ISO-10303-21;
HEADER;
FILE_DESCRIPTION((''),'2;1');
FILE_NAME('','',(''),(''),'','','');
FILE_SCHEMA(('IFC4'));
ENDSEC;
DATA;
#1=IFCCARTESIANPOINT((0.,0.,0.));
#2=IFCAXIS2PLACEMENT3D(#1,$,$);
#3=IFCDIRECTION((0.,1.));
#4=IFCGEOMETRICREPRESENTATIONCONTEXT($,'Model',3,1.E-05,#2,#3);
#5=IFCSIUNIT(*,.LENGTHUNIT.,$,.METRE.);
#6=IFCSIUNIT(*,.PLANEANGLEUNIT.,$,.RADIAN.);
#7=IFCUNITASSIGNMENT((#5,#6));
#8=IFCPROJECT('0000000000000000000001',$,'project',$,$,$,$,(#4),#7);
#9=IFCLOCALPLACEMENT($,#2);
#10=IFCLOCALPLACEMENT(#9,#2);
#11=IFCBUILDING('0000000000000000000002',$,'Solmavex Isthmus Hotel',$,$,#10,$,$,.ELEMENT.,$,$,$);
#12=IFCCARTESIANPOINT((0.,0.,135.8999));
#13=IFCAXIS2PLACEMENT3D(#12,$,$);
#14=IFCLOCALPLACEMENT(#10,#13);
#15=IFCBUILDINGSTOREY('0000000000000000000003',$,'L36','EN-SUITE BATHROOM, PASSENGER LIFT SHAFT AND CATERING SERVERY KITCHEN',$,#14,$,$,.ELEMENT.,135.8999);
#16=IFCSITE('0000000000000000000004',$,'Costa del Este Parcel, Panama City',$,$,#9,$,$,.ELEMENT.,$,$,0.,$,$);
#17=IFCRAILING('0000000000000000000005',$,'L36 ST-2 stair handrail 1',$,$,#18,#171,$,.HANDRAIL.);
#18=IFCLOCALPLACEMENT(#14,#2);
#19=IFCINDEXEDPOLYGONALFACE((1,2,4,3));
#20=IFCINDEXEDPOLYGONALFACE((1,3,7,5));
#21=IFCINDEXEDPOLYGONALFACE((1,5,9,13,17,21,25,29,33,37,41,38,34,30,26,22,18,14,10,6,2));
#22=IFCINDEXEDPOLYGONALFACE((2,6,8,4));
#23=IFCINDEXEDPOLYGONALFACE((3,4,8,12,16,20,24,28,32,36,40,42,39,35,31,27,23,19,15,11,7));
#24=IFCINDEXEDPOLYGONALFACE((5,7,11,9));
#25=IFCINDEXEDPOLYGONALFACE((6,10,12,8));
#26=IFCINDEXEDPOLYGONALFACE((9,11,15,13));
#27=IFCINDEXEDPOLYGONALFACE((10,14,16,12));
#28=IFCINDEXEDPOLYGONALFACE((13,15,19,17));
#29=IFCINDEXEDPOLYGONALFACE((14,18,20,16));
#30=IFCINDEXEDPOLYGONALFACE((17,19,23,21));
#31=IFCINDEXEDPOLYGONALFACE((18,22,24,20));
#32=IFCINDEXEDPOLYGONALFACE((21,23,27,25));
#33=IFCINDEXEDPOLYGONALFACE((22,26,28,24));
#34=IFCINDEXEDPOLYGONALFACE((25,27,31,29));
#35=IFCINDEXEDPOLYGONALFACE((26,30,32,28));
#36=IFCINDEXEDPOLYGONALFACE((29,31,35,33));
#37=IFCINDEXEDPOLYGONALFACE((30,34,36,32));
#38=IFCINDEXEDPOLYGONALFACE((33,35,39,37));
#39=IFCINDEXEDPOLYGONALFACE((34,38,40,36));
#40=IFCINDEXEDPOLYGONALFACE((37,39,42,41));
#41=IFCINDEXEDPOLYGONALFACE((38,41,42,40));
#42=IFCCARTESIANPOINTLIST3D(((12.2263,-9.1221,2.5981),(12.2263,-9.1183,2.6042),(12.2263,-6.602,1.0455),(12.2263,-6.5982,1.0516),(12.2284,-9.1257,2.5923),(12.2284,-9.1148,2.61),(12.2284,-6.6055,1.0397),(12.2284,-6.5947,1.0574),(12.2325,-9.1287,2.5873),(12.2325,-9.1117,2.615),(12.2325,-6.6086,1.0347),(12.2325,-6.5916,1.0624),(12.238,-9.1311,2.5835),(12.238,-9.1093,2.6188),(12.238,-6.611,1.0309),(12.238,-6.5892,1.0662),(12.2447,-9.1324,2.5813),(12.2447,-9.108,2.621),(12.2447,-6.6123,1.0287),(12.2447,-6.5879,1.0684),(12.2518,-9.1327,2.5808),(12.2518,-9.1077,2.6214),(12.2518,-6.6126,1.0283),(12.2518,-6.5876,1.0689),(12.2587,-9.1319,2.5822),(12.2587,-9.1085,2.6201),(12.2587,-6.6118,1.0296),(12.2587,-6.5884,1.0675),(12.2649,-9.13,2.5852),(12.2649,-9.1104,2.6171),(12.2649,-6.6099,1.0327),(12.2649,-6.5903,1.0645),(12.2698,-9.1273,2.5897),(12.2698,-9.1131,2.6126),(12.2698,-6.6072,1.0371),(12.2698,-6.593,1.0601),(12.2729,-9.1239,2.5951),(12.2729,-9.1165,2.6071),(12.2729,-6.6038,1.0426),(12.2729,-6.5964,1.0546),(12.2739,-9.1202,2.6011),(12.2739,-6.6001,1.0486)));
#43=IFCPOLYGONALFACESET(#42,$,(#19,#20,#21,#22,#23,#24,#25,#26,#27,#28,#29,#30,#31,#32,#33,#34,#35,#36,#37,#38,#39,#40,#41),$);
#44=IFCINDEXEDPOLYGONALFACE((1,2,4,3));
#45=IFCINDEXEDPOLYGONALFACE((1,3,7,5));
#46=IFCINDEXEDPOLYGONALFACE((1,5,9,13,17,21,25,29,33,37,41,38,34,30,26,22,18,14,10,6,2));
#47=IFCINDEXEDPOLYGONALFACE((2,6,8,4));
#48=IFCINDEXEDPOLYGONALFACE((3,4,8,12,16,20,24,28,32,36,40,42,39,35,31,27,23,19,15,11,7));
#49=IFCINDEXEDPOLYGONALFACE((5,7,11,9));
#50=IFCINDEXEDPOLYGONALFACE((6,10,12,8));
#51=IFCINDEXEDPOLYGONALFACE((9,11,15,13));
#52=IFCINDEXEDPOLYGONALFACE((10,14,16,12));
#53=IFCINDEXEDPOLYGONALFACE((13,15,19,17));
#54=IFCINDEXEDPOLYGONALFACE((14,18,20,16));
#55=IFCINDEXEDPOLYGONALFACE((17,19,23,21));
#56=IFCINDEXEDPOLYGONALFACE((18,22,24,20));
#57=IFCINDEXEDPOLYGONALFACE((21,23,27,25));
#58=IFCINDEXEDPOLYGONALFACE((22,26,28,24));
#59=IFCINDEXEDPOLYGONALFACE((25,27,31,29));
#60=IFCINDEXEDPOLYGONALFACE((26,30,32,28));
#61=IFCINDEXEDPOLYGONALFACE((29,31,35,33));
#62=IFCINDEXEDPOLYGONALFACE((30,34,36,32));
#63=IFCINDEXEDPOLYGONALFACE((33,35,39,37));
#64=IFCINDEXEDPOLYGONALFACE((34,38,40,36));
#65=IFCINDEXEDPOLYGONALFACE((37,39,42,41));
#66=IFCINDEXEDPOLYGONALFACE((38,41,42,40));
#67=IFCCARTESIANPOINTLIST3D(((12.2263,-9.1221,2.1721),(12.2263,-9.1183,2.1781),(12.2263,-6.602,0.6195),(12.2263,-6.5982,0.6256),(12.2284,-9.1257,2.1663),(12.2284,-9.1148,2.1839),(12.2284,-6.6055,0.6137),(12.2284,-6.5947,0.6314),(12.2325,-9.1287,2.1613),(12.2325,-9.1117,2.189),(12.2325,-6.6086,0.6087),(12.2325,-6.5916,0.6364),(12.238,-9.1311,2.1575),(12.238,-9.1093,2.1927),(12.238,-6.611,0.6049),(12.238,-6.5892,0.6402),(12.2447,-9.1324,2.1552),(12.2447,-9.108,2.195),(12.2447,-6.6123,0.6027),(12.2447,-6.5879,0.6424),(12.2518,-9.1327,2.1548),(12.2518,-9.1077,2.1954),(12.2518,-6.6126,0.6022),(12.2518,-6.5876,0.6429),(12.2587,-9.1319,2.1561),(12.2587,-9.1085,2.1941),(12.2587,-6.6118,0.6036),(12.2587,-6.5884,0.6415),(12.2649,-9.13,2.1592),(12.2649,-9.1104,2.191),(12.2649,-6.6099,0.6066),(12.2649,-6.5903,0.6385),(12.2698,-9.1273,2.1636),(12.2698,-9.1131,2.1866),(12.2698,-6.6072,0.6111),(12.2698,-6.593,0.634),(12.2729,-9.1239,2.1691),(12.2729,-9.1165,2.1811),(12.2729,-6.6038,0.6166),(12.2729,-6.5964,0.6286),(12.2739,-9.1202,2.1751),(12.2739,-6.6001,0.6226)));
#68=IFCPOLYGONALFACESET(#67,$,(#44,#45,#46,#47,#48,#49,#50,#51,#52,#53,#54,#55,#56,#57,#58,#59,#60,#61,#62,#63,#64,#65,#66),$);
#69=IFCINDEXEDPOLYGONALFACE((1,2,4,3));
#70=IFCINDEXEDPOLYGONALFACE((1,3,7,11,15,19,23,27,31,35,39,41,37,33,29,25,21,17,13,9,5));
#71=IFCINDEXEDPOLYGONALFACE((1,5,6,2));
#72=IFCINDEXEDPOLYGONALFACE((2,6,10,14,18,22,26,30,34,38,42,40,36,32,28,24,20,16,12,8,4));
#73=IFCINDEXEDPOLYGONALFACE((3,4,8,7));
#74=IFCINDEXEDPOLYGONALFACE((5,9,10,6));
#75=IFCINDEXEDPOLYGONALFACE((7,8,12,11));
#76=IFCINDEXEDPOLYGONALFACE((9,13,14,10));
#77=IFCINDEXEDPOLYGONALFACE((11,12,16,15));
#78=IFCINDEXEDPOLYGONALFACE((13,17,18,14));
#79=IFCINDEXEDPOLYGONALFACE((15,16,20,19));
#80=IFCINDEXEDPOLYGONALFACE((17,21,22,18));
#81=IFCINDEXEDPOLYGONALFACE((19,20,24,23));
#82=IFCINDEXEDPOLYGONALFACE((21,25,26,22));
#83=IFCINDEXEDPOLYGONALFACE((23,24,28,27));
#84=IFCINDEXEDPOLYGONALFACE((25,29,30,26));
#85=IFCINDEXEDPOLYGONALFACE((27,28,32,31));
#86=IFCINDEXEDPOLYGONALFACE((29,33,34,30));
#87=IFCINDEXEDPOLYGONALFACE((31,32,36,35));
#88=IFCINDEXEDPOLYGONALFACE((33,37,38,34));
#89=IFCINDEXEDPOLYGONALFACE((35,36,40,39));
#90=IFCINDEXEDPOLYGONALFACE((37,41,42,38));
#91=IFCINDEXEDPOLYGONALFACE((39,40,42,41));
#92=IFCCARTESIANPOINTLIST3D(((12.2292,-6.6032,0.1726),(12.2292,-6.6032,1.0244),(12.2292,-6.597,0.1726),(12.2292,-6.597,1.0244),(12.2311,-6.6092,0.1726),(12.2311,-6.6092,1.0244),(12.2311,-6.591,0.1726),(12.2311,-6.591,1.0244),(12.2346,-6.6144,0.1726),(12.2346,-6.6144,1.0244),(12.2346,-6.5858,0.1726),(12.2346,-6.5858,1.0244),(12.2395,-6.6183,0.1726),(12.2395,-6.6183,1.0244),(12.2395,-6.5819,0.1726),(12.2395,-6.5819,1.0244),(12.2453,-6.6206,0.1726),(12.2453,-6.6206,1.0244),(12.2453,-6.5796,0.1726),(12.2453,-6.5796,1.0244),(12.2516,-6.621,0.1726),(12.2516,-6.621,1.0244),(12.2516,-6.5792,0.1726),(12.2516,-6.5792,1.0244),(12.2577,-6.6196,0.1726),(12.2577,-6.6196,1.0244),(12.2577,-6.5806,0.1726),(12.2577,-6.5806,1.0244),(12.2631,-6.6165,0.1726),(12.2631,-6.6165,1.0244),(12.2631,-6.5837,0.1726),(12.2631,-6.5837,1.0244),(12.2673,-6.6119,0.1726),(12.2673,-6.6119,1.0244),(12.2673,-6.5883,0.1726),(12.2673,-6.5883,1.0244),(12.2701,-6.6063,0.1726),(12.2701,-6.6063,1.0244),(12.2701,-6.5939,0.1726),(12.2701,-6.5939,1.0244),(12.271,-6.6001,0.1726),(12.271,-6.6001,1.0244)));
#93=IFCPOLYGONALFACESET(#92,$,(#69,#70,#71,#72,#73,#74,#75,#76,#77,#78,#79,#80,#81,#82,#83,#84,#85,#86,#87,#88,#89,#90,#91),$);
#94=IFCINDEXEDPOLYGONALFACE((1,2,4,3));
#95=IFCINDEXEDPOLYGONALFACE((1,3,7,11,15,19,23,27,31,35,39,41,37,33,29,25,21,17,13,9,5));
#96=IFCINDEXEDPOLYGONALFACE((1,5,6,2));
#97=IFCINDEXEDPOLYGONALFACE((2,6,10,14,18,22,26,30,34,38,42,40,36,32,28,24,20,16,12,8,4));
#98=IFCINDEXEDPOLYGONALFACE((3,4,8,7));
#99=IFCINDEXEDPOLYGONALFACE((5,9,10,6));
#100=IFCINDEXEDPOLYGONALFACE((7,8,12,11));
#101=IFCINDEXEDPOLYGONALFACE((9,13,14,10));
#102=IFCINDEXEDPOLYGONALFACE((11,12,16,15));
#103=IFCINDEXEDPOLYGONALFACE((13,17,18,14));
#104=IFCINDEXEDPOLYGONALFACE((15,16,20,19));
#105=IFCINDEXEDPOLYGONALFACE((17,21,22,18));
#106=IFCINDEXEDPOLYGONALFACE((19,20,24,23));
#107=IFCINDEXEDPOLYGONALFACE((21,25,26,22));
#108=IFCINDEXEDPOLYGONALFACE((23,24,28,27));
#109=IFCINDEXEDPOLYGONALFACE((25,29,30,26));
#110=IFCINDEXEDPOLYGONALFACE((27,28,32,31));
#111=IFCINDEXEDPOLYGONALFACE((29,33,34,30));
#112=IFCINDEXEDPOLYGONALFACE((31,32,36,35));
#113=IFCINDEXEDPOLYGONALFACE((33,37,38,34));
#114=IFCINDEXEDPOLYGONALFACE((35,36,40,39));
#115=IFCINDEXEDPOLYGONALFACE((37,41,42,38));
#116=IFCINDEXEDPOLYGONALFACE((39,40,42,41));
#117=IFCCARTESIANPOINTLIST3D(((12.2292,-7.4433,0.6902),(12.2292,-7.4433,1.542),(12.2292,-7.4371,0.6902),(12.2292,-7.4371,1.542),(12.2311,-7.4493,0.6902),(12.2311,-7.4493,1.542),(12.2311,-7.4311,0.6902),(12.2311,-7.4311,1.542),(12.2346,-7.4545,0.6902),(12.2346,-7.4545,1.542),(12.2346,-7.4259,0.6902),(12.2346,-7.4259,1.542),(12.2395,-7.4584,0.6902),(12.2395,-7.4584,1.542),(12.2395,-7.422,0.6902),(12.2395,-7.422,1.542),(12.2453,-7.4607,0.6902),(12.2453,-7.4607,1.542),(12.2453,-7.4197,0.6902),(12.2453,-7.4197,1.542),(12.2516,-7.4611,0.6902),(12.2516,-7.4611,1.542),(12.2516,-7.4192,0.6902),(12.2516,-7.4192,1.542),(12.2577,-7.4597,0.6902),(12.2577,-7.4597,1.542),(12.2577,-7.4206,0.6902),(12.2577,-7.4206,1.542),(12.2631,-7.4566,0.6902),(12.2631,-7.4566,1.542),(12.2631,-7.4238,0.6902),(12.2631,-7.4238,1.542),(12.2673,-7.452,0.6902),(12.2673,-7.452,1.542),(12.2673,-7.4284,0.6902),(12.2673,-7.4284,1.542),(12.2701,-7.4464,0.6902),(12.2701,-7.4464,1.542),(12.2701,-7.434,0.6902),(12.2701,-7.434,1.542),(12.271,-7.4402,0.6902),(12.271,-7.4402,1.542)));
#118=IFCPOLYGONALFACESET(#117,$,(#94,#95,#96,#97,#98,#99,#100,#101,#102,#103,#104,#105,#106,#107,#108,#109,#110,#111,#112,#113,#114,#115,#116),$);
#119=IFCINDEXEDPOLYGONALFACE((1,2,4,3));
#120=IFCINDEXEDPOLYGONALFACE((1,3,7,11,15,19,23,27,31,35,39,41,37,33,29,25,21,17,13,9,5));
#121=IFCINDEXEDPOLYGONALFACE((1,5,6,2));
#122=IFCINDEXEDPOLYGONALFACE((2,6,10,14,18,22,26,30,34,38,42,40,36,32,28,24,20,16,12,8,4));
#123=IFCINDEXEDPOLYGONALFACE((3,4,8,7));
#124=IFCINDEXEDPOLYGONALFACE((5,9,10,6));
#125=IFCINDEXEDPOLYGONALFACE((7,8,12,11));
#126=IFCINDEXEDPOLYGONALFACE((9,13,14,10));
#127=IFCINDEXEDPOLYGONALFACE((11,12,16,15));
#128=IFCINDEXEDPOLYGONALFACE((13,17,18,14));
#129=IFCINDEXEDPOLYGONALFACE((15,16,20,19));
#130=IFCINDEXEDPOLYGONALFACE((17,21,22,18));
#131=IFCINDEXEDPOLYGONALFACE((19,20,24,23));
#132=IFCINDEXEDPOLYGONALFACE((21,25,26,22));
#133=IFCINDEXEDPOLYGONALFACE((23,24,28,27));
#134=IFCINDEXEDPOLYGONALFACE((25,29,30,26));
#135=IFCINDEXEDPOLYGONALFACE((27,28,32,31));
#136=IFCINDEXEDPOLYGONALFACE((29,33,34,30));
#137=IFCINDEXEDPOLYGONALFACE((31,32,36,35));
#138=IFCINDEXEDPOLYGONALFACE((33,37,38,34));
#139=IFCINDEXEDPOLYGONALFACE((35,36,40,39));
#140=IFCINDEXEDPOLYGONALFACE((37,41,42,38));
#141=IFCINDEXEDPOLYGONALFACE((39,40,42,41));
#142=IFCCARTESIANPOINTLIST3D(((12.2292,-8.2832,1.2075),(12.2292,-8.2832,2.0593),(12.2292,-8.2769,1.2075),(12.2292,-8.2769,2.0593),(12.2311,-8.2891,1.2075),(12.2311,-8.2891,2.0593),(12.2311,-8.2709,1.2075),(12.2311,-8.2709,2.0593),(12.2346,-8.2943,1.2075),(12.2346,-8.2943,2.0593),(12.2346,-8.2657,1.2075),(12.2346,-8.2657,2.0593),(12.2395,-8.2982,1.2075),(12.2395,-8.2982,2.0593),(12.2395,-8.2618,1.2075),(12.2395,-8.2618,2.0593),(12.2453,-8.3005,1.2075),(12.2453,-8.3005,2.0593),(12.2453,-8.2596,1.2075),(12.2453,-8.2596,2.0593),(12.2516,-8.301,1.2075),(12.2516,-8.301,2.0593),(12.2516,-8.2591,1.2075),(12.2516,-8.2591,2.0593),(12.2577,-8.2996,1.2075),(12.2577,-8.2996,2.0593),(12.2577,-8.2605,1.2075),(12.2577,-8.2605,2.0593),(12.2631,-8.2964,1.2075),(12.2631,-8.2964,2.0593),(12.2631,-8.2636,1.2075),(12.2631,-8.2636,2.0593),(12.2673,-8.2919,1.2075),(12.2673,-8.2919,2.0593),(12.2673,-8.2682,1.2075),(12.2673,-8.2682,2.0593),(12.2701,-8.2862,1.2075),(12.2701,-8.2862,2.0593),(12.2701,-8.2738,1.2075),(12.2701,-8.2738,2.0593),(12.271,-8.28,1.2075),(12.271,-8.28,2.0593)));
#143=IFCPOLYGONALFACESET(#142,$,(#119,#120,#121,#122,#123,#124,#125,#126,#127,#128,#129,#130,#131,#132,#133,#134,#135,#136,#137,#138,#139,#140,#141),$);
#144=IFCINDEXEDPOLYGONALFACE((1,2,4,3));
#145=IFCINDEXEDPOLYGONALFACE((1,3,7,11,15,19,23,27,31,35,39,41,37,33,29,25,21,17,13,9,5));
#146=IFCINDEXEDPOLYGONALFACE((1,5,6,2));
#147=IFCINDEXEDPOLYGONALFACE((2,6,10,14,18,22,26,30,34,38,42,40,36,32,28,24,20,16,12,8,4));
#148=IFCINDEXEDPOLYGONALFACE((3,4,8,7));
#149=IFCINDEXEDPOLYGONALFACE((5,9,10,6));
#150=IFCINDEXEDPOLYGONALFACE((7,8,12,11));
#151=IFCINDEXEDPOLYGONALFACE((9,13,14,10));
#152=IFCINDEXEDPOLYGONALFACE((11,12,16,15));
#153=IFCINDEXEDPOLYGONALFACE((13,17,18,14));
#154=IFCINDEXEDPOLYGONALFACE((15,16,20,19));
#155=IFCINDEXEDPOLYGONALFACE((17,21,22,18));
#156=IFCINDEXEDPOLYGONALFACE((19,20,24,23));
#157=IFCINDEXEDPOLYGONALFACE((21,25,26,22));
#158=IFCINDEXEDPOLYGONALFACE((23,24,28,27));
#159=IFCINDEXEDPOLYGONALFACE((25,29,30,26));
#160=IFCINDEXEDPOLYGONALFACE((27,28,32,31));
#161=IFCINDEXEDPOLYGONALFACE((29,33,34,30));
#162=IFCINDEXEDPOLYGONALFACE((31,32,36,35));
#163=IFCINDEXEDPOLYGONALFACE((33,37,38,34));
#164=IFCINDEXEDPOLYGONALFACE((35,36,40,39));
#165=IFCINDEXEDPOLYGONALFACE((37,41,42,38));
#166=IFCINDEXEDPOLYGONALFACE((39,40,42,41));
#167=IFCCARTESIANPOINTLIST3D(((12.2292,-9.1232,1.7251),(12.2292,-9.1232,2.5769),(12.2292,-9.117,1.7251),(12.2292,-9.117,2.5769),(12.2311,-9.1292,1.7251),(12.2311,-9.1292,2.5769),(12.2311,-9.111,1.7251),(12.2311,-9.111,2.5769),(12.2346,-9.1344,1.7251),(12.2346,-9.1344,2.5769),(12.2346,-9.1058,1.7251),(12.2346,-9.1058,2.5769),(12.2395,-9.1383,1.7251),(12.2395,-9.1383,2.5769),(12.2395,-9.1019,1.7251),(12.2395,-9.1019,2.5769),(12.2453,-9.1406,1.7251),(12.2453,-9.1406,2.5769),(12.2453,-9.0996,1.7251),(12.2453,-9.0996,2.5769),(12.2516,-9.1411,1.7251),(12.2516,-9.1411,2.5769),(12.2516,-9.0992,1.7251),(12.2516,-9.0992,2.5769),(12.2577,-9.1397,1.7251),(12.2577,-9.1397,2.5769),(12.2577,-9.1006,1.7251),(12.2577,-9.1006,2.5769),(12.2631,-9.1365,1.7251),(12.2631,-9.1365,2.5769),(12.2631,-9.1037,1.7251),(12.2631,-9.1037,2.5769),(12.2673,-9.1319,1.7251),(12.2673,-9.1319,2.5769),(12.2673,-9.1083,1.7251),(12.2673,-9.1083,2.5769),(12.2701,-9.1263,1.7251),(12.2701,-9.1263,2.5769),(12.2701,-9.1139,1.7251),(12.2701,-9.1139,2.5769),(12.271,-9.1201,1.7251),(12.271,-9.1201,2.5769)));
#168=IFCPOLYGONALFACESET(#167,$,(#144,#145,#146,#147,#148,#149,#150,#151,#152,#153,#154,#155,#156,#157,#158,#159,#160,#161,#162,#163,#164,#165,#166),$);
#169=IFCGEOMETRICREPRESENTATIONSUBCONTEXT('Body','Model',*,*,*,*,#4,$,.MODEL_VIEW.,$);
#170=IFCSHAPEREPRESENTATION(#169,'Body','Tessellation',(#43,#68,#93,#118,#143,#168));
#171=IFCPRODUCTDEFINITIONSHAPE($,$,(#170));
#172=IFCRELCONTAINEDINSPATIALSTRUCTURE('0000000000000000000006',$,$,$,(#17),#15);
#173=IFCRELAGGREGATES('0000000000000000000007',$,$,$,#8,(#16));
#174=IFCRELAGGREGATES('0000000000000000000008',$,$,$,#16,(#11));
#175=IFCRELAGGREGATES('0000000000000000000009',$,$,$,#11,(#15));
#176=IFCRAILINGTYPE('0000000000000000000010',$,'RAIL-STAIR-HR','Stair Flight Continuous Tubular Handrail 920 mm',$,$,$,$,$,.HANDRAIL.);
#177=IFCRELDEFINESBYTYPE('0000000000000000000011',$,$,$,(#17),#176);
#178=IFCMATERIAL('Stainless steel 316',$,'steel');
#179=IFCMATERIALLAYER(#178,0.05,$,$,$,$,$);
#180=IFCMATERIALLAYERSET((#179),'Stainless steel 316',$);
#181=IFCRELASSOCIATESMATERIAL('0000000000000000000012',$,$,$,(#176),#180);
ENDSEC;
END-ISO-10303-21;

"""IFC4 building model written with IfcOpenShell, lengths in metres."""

from ifc_helpers import new_model, si_unit, direction, frame, origin, origin_2d, place, context, subcontext, project, spatial, circle, extrude, material, layer, layer_set, type_object, element, save


model = new_model("IFC4")

# Units and contexts
model_context = context("Model", 3, precision=1e-05, world=origin(), true_north=direction((0.0, 1.0)))
body_context = subcontext(model_context, "Body", "Model", "MODEL_VIEW")
ifc_project = project(units=[si_unit("LENGTHUNIT", "METRE"), si_unit("PLANEANGLEUNIT", "RADIAN")], contexts=[model_context])

# Site, building, storey
site_placement = place(None, origin())
site = spatial("IfcSite", under=ifc_project, at=site_placement, Name="Costa del Este Parcel, Panama City", CompositionType="ELEMENT", RefElevation=0.0)
building_placement = place(site_placement, origin())
building = spatial("IfcBuilding", under=site, at=building_placement, Name="Solmavex Isthmus Hotel", CompositionType="ELEMENT")
storey_placement = place(building_placement, frame((0.0, 0.0, 135.8999)))
storey = spatial("IfcBuildingStorey", under=building, at=storey_placement, Name="L36", Description="EN-SUITE BATHROOM, PASSENGER LIFT SHAFT AND CATERING SERVERY KITCHEN", CompositionType="ELEMENT", Elevation=135.8999)

# Railing
ifc_material_1 = material(Name="Stainless steel 316", Category="steel")
ifc_layer_1 = layer(ifc_material_1, 0.05)
ifc_layer_set_1 = layer_set([ifc_layer_1], Name="Stainless steel 316")
railing_type_1 = type_object("IfcRailingType", Name="RAIL-STAIR-HR", Description="Stair Flight Continuous Tubular Handrail 920 mm", PredefinedType="HANDRAIL", material=ifc_layer_set_1)
railing_1_placement = place(storey_placement, frame((12.25, -6.6001, 0.1726)))
element("IfcRailing", 1, at=railing_1_placement, inside=storey, type_object=railing_type_1, Name="L36 ST-2 stair handrail 1", PredefinedType="HANDRAIL", context=body_context, shape_type="SweptSolid", body=[
    extrude(circle(Radius=0.0239, at=origin_2d()), frame((0.0, 0.0, 0.876), z_axis=(0.0, -0.8514, 0.524516), x_axis=(1.0, 0.0, 0.0)), (0.0, 0.0, 1.0), 2.96),
    extrude(circle(Radius=0.0239, at=origin_2d()), frame((0.0, 0.0, 0.45), z_axis=(0.0, -0.8514, 0.524516), x_axis=(1.0, 0.0, 0.0)), (0.0, 0.0, 1.0), 2.96),
    extrude(circle(Radius=0.021, at=origin_2d()), origin(), (0.0, 0.0, 1.0), 0.8518),
    extrude(circle(Radius=0.021, at=origin_2d()), frame((0.0, -0.8401, 0.5176)), (0.0, 0.0, 1.0), 0.8518),
    extrude(circle(Radius=0.021, at=origin_2d()), frame((0.0, -1.6799, 1.0349)), (0.0, 0.0, 1.0), 0.8518),
    extrude(circle(Radius=0.021, at=origin_2d()), frame((0.0, -2.52, 1.5525)), (0.0, 0.0, 1.0), 0.8518),
])

save(model, "model.ifc")
